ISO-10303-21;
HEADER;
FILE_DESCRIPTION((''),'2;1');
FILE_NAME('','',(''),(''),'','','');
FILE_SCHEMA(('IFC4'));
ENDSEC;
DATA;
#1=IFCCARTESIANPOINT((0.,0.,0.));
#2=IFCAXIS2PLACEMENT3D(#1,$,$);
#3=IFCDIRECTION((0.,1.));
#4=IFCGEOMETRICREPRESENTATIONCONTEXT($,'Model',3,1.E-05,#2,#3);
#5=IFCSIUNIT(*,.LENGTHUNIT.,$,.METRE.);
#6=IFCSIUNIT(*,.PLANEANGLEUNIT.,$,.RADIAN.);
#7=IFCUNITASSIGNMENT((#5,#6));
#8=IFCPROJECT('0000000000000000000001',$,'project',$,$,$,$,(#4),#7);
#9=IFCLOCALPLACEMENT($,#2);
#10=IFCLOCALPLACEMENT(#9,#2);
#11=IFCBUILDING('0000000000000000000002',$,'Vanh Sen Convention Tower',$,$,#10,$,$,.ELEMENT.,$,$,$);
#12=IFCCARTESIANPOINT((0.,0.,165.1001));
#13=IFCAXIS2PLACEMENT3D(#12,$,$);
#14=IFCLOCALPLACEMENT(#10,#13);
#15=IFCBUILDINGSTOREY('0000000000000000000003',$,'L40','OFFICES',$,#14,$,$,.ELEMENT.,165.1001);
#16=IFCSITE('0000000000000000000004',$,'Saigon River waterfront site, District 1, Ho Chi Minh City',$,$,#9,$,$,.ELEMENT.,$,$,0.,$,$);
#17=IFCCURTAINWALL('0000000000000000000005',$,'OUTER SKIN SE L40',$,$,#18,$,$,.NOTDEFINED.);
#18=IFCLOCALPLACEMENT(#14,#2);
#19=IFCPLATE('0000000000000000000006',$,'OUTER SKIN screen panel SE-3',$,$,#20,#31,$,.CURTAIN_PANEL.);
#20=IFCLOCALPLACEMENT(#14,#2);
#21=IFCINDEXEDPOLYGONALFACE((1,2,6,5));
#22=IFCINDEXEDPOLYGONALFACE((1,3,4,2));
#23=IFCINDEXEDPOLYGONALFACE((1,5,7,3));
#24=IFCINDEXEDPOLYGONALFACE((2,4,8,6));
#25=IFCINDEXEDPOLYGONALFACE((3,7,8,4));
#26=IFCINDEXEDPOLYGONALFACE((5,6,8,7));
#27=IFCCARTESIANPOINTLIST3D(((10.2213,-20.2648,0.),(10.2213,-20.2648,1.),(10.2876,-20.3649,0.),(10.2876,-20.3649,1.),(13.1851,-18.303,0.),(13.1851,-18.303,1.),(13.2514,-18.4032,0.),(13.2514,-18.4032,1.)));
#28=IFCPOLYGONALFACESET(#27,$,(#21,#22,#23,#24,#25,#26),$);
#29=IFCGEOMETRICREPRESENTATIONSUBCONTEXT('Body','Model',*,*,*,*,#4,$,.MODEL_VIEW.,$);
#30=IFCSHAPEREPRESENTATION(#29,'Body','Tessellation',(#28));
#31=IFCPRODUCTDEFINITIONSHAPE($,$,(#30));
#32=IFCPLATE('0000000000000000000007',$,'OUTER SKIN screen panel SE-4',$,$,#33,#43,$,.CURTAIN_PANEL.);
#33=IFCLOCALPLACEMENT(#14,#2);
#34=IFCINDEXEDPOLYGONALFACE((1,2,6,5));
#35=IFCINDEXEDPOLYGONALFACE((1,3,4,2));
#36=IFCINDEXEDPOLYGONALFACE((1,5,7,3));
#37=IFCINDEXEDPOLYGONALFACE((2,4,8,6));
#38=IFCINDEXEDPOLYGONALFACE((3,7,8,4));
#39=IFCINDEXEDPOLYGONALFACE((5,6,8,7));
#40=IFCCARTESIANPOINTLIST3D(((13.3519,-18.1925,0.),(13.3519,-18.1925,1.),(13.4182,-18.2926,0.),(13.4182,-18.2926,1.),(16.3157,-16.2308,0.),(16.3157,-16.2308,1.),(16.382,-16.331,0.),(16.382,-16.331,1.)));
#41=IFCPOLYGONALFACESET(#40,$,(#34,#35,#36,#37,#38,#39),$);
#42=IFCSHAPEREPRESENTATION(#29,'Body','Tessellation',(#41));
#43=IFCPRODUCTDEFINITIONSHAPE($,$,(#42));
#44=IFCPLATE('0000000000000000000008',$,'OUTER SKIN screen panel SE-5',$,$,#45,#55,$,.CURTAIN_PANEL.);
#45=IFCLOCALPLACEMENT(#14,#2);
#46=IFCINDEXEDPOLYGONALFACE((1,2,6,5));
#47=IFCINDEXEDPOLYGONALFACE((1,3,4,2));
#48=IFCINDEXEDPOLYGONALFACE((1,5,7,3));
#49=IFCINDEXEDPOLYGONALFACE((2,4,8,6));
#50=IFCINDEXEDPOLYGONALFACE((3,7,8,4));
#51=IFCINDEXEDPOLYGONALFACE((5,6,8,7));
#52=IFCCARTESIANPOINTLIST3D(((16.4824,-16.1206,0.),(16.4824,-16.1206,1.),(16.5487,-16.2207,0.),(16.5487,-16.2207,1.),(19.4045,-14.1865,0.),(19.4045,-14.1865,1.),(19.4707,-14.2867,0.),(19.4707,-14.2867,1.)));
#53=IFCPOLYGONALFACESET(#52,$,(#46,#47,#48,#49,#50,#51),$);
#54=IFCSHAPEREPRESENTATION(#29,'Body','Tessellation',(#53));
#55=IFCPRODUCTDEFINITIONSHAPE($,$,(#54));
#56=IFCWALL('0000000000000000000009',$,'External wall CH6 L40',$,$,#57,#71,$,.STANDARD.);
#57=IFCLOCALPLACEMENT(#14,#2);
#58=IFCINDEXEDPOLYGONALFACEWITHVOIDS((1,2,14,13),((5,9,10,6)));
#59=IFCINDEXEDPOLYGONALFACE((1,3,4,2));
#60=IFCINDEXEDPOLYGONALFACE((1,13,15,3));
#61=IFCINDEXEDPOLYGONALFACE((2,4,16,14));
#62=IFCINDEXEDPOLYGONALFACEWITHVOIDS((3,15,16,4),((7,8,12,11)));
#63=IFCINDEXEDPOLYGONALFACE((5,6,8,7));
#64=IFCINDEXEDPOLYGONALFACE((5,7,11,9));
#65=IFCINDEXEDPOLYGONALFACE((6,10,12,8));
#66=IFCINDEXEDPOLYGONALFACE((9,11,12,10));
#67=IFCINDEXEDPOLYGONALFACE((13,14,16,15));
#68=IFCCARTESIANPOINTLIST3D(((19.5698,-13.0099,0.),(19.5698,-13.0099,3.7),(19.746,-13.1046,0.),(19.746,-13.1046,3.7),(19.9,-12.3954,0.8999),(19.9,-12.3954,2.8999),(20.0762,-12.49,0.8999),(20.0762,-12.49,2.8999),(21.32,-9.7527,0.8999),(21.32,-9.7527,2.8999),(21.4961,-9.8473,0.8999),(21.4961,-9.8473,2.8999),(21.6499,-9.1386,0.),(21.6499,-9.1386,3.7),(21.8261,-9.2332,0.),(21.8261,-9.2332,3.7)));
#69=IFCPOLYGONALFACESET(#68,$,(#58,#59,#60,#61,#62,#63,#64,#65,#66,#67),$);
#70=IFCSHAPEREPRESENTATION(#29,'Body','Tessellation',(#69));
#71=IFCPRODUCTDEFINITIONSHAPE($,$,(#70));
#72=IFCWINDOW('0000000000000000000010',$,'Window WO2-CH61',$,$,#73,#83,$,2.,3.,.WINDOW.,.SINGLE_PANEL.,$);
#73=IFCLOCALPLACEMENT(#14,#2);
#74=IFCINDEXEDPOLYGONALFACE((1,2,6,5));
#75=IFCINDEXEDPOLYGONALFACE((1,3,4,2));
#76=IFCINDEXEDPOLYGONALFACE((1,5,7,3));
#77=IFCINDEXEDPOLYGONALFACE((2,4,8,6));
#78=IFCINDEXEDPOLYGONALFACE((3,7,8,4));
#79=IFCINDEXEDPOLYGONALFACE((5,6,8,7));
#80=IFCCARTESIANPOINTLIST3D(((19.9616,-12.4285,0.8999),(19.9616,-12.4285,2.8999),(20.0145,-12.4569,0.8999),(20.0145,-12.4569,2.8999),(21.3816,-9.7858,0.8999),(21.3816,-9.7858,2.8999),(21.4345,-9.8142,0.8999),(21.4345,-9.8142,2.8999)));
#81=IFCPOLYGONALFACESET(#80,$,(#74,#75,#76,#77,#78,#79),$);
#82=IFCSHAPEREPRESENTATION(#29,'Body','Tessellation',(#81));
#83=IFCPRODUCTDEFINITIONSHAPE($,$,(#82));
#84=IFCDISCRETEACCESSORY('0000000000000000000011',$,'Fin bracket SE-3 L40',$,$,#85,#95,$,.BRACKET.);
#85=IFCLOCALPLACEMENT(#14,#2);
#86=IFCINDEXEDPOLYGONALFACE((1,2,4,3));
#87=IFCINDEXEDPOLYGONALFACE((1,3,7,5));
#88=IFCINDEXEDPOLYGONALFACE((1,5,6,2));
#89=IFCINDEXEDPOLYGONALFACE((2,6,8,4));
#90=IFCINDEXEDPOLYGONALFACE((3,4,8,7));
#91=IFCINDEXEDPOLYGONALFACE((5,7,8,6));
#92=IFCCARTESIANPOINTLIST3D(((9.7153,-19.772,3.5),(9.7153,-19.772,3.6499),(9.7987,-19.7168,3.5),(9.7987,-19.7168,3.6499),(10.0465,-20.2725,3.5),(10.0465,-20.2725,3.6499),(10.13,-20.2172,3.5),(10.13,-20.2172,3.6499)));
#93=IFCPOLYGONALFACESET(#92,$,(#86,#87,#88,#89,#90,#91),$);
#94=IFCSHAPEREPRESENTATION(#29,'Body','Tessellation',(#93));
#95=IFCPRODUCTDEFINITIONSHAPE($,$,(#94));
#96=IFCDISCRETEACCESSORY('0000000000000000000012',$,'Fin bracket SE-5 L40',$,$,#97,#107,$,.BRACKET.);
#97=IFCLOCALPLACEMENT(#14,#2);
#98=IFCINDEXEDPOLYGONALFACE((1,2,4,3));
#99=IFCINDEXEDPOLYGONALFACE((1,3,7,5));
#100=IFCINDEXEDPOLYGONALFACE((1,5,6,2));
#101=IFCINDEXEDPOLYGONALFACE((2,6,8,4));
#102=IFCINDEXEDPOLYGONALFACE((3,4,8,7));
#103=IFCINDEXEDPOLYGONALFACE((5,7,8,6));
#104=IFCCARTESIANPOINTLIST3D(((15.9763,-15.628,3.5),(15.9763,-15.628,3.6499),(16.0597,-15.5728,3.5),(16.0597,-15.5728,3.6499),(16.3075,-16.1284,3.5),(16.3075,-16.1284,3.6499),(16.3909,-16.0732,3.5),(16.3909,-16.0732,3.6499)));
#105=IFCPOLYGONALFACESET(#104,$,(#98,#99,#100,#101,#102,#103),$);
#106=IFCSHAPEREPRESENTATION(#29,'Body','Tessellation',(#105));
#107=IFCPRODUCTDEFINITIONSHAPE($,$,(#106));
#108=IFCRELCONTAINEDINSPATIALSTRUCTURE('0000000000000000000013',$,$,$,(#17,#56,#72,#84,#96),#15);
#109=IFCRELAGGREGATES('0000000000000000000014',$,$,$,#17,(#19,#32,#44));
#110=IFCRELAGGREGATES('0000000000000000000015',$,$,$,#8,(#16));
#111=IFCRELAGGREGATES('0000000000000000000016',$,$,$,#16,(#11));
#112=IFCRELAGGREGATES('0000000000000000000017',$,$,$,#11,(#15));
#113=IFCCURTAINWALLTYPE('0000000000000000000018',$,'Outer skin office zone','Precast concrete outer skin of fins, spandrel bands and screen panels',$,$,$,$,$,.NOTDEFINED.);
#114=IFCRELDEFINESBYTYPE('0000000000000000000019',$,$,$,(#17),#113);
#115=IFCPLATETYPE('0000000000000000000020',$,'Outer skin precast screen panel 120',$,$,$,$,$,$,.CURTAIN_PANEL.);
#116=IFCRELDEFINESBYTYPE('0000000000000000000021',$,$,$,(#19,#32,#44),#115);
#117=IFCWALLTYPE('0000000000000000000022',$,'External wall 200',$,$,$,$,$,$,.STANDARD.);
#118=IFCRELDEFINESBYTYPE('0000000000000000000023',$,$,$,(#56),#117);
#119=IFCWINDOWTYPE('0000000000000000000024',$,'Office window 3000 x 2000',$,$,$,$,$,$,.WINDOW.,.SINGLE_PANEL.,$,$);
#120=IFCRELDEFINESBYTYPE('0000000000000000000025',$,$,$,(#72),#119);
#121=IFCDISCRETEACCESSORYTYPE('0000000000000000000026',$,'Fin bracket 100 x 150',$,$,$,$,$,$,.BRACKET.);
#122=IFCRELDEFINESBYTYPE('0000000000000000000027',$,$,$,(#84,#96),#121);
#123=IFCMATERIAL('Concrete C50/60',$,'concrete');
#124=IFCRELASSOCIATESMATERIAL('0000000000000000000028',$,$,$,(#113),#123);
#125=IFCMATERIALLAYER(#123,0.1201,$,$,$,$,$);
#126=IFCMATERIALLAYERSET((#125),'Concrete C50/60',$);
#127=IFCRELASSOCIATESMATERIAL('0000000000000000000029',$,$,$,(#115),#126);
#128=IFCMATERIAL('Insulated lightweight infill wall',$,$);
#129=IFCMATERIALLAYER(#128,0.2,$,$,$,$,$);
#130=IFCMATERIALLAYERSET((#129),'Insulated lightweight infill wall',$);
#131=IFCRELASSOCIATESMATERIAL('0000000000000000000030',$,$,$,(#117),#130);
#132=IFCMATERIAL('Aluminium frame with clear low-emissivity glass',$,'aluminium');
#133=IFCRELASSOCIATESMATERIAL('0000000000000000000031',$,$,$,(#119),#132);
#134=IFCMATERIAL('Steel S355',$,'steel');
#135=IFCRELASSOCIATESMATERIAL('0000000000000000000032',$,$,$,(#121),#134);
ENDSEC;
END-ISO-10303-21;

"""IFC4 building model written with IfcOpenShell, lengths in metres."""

from ifc_helpers import new_model, si_unit, direction, frame, frame_2d, origin, origin_2d, place, context, subcontext, project, spatial, rectangle, extrude, material, layer, layer_set, type_object, element, fill, aggregate, save


model = new_model("IFC4")

# Units and contexts
model_context = context("Model", 3, precision=1e-05, world=origin(), true_north=direction((0.0, 1.0)))
body_context = subcontext(model_context, "Body", "Model", "MODEL_VIEW")
ifc_project = project(units=[si_unit("LENGTHUNIT", "METRE"), si_unit("PLANEANGLEUNIT", "RADIAN")], contexts=[model_context])

# Site, building, storey
site_placement = place(None, origin())
site = spatial("IfcSite", under=ifc_project, at=site_placement, Name="Saigon River waterfront site, District 1, Ho Chi Minh City", CompositionType="ELEMENT", RefElevation=0.0)
building_placement = place(site_placement, origin())
building = spatial("IfcBuilding", under=site, at=building_placement, Name="Vanh Sen Convention Tower", CompositionType="ELEMENT")
storey_placement = place(building_placement, frame((0.0, 0.0, 165.1001)))
storey = spatial("IfcBuildingStorey", under=building, at=storey_placement, Name="L40", Description="OFFICES", CompositionType="ELEMENT", Elevation=165.1001)

# Curtain wall
ifc_material_1 = material(Name="Concrete C50/60", Category="concrete")
curtain_wall_type = type_object("IfcCurtainWallType", Name="Outer skin office zone", Description="Precast concrete outer skin of fins, spandrel bands and screen panels", PredefinedType="NOTDEFINED", material=ifc_material_1)
curtain_wall_1_placement = place(storey_placement, origin())
curtain_wall_1 = element("IfcCurtainWall", 1, at=curtain_wall_1_placement, inside=storey, type_object=curtain_wall_type, Name="OUTER SKIN SE L40", PredefinedType="NOTDEFINED")

# Plates
ifc_layer_1 = layer(ifc_material_1, 0.1201)
ifc_layer_set_1 = layer_set([ifc_layer_1], Name="Concrete C50/60")
plate_type = type_object("IfcPlateType", Name="Outer skin precast screen panel 120", PredefinedType="CURTAIN_PANEL", material=ifc_layer_set_1)
plate_1_placement = place(storey_placement, frame((11.7363, -19.334, 0.0), z_axis=(0.0, 0.0, 1.0), x_axis=(0.833877, 0.55195, 0.0)))
plate_1 = element("IfcPlate", 2, at=plate_1_placement, type_object=plate_type, Name="OUTER SKIN screen panel SE-3", PredefinedType="CURTAIN_PANEL", context=body_context, shape_type="SweptSolid", body=[
    extrude(rectangle(XDim=3.5542, YDim=0.1201, at=origin_2d()), origin(), (0.0, 0.0, 1.0), 1.0),
])
plate_2_placement = place(storey_placement, frame((14.8669, -17.2617, 0.0), z_axis=(0.0, 0.0, 1.0), x_axis=(0.83389, 0.551931, 0.0)))
plate_2 = element("IfcPlate", 3, at=plate_2_placement, type_object=plate_type, Name="OUTER SKIN screen panel SE-4", PredefinedType="CURTAIN_PANEL", context=body_context, shape_type="SweptSolid", body=[
    extrude(rectangle(XDim=3.5542, YDim=0.1201, at=origin_2d()), origin(), (0.0, 0.0, 1.0), 1.0),
])
plate_3_placement = place(storey_placement, frame((17.9766, -15.2036, 0.0), z_axis=(0.0, 0.0, 1.0), x_axis=(0.83389, 0.551931, 0.0)))
plate_3 = element("IfcPlate", 4, at=plate_3_placement, type_object=plate_type, Name="OUTER SKIN screen panel SE-5", PredefinedType="CURTAIN_PANEL", context=body_context, shape_type="SweptSolid", body=[
    extrude(rectangle(XDim=3.5042, YDim=0.1201, at=origin_2d()), origin(), (0.0, 0.0, 1.0), 1.0),
])
aggregate(curtain_wall_1, [plate_1, plate_2, plate_3])

# Wall, opening, window
ifc_material_2 = material(Name="Insulated lightweight infill wall")
ifc_layer_2 = layer(ifc_material_2, 0.2)
ifc_layer_set_2 = layer_set([ifc_layer_2], Name="Insulated lightweight infill wall")
wall_type = type_object("IfcWallType", Name="External wall 200", PredefinedType="STANDARD", material=ifc_layer_set_2)
wall_placement = place(storey_placement, frame((19.658, -13.0571, 0.0), z_axis=(0.0, 0.0, 1.0), x_axis=(0.473308, 0.880897, 0.0)))
wall = element("IfcWall", 5, at=wall_placement, inside=storey, type_object=wall_type, Name="External wall CH6 L40", PredefinedType="STANDARD", context=body_context, shape_type="SweptSolid", body=[
    extrude(rectangle(XDim=4.3948, YDim=0.2, at=frame_2d((2.1973, 0.0))), origin(), (0.0, 0.0, 1.0), 3.7),
])
opening_placement = place(wall_placement, frame((0.6975, 0.0, 0.8999)))
opening = element("IfcOpeningElement", 6, at=opening_placement, cuts=wall, PredefinedType="OPENING", context=body_context, shape_type="SweptSolid", body=[
    extrude(rectangle(XDim=3.0, YDim=2.0, at=frame_2d((1.5, 1.0))), frame((0.0, 0.1099, 0.0), z_axis=(0.0, -1.0, 0.0), x_axis=(1.0, 0.0, 0.0)), (0.0, 0.0, 1.0), 0.22),
])
ifc_material_3 = material(Name="Aluminium frame with clear low-emissivity glass", Category="aluminium")
window_type = type_object("IfcWindowType", Name="Office window 3000 x 2000", PartitioningType="SINGLE_PANEL", PredefinedType="WINDOW", material=ifc_material_3)
window_placement = place(opening_placement, origin())
window = element("IfcWindow", 7, at=window_placement, inside=storey, type_object=window_type, Name="Window WO2-CH61", OverallHeight=2.0, OverallWidth=3.0, PartitioningType="SINGLE_PANEL", PredefinedType="WINDOW", context=body_context, shape_type="SweptSolid", body=[
    extrude(rectangle(XDim=3.0, YDim=2.0, at=frame_2d((1.5, 1.0))), frame((0.0, 0.03, 0.0), z_axis=(0.0, -1.0, 0.0), x_axis=(1.0, 0.0, 0.0)), (0.0, 0.0, 1.0), 0.0601),
])
fill(opening, window)

# Discrete accessories
ifc_material_4 = material(Name="Steel S355", Category="steel")
discrete_accessory_type = type_object("IfcDiscreteAccessoryType", Name="Fin bracket 100 x 150", PredefinedType="BRACKET", material=ifc_material_4)
for number, where, z_axis, x_axis, name in (
    (8, (9.9226, -19.9946, 3.5), (0.0, 0.0, 1.0), (0.551937, -0.833886, 0.0), "Fin bracket SE-3 L40"),
    (9, (16.1836, -15.8506, 3.5), (0.0, 0.0, 1.0), (0.551937, -0.833886, 0.0), "Fin bracket SE-5 L40"),
):
    element("IfcDiscreteAccessory", number, at=place(storey_placement, frame(where, z_axis=z_axis, x_axis=x_axis)), inside=storey, type_object=discrete_accessory_type, Name=name, PredefinedType="BRACKET", context=body_context, shape_type="SweptSolid", body=[
        extrude(rectangle(XDim=0.6001, YDim=0.1001, at=origin_2d()), origin(), (0.0, 0.0, 1.0), 0.1499),
    ])

save(model, "model.ifc")
